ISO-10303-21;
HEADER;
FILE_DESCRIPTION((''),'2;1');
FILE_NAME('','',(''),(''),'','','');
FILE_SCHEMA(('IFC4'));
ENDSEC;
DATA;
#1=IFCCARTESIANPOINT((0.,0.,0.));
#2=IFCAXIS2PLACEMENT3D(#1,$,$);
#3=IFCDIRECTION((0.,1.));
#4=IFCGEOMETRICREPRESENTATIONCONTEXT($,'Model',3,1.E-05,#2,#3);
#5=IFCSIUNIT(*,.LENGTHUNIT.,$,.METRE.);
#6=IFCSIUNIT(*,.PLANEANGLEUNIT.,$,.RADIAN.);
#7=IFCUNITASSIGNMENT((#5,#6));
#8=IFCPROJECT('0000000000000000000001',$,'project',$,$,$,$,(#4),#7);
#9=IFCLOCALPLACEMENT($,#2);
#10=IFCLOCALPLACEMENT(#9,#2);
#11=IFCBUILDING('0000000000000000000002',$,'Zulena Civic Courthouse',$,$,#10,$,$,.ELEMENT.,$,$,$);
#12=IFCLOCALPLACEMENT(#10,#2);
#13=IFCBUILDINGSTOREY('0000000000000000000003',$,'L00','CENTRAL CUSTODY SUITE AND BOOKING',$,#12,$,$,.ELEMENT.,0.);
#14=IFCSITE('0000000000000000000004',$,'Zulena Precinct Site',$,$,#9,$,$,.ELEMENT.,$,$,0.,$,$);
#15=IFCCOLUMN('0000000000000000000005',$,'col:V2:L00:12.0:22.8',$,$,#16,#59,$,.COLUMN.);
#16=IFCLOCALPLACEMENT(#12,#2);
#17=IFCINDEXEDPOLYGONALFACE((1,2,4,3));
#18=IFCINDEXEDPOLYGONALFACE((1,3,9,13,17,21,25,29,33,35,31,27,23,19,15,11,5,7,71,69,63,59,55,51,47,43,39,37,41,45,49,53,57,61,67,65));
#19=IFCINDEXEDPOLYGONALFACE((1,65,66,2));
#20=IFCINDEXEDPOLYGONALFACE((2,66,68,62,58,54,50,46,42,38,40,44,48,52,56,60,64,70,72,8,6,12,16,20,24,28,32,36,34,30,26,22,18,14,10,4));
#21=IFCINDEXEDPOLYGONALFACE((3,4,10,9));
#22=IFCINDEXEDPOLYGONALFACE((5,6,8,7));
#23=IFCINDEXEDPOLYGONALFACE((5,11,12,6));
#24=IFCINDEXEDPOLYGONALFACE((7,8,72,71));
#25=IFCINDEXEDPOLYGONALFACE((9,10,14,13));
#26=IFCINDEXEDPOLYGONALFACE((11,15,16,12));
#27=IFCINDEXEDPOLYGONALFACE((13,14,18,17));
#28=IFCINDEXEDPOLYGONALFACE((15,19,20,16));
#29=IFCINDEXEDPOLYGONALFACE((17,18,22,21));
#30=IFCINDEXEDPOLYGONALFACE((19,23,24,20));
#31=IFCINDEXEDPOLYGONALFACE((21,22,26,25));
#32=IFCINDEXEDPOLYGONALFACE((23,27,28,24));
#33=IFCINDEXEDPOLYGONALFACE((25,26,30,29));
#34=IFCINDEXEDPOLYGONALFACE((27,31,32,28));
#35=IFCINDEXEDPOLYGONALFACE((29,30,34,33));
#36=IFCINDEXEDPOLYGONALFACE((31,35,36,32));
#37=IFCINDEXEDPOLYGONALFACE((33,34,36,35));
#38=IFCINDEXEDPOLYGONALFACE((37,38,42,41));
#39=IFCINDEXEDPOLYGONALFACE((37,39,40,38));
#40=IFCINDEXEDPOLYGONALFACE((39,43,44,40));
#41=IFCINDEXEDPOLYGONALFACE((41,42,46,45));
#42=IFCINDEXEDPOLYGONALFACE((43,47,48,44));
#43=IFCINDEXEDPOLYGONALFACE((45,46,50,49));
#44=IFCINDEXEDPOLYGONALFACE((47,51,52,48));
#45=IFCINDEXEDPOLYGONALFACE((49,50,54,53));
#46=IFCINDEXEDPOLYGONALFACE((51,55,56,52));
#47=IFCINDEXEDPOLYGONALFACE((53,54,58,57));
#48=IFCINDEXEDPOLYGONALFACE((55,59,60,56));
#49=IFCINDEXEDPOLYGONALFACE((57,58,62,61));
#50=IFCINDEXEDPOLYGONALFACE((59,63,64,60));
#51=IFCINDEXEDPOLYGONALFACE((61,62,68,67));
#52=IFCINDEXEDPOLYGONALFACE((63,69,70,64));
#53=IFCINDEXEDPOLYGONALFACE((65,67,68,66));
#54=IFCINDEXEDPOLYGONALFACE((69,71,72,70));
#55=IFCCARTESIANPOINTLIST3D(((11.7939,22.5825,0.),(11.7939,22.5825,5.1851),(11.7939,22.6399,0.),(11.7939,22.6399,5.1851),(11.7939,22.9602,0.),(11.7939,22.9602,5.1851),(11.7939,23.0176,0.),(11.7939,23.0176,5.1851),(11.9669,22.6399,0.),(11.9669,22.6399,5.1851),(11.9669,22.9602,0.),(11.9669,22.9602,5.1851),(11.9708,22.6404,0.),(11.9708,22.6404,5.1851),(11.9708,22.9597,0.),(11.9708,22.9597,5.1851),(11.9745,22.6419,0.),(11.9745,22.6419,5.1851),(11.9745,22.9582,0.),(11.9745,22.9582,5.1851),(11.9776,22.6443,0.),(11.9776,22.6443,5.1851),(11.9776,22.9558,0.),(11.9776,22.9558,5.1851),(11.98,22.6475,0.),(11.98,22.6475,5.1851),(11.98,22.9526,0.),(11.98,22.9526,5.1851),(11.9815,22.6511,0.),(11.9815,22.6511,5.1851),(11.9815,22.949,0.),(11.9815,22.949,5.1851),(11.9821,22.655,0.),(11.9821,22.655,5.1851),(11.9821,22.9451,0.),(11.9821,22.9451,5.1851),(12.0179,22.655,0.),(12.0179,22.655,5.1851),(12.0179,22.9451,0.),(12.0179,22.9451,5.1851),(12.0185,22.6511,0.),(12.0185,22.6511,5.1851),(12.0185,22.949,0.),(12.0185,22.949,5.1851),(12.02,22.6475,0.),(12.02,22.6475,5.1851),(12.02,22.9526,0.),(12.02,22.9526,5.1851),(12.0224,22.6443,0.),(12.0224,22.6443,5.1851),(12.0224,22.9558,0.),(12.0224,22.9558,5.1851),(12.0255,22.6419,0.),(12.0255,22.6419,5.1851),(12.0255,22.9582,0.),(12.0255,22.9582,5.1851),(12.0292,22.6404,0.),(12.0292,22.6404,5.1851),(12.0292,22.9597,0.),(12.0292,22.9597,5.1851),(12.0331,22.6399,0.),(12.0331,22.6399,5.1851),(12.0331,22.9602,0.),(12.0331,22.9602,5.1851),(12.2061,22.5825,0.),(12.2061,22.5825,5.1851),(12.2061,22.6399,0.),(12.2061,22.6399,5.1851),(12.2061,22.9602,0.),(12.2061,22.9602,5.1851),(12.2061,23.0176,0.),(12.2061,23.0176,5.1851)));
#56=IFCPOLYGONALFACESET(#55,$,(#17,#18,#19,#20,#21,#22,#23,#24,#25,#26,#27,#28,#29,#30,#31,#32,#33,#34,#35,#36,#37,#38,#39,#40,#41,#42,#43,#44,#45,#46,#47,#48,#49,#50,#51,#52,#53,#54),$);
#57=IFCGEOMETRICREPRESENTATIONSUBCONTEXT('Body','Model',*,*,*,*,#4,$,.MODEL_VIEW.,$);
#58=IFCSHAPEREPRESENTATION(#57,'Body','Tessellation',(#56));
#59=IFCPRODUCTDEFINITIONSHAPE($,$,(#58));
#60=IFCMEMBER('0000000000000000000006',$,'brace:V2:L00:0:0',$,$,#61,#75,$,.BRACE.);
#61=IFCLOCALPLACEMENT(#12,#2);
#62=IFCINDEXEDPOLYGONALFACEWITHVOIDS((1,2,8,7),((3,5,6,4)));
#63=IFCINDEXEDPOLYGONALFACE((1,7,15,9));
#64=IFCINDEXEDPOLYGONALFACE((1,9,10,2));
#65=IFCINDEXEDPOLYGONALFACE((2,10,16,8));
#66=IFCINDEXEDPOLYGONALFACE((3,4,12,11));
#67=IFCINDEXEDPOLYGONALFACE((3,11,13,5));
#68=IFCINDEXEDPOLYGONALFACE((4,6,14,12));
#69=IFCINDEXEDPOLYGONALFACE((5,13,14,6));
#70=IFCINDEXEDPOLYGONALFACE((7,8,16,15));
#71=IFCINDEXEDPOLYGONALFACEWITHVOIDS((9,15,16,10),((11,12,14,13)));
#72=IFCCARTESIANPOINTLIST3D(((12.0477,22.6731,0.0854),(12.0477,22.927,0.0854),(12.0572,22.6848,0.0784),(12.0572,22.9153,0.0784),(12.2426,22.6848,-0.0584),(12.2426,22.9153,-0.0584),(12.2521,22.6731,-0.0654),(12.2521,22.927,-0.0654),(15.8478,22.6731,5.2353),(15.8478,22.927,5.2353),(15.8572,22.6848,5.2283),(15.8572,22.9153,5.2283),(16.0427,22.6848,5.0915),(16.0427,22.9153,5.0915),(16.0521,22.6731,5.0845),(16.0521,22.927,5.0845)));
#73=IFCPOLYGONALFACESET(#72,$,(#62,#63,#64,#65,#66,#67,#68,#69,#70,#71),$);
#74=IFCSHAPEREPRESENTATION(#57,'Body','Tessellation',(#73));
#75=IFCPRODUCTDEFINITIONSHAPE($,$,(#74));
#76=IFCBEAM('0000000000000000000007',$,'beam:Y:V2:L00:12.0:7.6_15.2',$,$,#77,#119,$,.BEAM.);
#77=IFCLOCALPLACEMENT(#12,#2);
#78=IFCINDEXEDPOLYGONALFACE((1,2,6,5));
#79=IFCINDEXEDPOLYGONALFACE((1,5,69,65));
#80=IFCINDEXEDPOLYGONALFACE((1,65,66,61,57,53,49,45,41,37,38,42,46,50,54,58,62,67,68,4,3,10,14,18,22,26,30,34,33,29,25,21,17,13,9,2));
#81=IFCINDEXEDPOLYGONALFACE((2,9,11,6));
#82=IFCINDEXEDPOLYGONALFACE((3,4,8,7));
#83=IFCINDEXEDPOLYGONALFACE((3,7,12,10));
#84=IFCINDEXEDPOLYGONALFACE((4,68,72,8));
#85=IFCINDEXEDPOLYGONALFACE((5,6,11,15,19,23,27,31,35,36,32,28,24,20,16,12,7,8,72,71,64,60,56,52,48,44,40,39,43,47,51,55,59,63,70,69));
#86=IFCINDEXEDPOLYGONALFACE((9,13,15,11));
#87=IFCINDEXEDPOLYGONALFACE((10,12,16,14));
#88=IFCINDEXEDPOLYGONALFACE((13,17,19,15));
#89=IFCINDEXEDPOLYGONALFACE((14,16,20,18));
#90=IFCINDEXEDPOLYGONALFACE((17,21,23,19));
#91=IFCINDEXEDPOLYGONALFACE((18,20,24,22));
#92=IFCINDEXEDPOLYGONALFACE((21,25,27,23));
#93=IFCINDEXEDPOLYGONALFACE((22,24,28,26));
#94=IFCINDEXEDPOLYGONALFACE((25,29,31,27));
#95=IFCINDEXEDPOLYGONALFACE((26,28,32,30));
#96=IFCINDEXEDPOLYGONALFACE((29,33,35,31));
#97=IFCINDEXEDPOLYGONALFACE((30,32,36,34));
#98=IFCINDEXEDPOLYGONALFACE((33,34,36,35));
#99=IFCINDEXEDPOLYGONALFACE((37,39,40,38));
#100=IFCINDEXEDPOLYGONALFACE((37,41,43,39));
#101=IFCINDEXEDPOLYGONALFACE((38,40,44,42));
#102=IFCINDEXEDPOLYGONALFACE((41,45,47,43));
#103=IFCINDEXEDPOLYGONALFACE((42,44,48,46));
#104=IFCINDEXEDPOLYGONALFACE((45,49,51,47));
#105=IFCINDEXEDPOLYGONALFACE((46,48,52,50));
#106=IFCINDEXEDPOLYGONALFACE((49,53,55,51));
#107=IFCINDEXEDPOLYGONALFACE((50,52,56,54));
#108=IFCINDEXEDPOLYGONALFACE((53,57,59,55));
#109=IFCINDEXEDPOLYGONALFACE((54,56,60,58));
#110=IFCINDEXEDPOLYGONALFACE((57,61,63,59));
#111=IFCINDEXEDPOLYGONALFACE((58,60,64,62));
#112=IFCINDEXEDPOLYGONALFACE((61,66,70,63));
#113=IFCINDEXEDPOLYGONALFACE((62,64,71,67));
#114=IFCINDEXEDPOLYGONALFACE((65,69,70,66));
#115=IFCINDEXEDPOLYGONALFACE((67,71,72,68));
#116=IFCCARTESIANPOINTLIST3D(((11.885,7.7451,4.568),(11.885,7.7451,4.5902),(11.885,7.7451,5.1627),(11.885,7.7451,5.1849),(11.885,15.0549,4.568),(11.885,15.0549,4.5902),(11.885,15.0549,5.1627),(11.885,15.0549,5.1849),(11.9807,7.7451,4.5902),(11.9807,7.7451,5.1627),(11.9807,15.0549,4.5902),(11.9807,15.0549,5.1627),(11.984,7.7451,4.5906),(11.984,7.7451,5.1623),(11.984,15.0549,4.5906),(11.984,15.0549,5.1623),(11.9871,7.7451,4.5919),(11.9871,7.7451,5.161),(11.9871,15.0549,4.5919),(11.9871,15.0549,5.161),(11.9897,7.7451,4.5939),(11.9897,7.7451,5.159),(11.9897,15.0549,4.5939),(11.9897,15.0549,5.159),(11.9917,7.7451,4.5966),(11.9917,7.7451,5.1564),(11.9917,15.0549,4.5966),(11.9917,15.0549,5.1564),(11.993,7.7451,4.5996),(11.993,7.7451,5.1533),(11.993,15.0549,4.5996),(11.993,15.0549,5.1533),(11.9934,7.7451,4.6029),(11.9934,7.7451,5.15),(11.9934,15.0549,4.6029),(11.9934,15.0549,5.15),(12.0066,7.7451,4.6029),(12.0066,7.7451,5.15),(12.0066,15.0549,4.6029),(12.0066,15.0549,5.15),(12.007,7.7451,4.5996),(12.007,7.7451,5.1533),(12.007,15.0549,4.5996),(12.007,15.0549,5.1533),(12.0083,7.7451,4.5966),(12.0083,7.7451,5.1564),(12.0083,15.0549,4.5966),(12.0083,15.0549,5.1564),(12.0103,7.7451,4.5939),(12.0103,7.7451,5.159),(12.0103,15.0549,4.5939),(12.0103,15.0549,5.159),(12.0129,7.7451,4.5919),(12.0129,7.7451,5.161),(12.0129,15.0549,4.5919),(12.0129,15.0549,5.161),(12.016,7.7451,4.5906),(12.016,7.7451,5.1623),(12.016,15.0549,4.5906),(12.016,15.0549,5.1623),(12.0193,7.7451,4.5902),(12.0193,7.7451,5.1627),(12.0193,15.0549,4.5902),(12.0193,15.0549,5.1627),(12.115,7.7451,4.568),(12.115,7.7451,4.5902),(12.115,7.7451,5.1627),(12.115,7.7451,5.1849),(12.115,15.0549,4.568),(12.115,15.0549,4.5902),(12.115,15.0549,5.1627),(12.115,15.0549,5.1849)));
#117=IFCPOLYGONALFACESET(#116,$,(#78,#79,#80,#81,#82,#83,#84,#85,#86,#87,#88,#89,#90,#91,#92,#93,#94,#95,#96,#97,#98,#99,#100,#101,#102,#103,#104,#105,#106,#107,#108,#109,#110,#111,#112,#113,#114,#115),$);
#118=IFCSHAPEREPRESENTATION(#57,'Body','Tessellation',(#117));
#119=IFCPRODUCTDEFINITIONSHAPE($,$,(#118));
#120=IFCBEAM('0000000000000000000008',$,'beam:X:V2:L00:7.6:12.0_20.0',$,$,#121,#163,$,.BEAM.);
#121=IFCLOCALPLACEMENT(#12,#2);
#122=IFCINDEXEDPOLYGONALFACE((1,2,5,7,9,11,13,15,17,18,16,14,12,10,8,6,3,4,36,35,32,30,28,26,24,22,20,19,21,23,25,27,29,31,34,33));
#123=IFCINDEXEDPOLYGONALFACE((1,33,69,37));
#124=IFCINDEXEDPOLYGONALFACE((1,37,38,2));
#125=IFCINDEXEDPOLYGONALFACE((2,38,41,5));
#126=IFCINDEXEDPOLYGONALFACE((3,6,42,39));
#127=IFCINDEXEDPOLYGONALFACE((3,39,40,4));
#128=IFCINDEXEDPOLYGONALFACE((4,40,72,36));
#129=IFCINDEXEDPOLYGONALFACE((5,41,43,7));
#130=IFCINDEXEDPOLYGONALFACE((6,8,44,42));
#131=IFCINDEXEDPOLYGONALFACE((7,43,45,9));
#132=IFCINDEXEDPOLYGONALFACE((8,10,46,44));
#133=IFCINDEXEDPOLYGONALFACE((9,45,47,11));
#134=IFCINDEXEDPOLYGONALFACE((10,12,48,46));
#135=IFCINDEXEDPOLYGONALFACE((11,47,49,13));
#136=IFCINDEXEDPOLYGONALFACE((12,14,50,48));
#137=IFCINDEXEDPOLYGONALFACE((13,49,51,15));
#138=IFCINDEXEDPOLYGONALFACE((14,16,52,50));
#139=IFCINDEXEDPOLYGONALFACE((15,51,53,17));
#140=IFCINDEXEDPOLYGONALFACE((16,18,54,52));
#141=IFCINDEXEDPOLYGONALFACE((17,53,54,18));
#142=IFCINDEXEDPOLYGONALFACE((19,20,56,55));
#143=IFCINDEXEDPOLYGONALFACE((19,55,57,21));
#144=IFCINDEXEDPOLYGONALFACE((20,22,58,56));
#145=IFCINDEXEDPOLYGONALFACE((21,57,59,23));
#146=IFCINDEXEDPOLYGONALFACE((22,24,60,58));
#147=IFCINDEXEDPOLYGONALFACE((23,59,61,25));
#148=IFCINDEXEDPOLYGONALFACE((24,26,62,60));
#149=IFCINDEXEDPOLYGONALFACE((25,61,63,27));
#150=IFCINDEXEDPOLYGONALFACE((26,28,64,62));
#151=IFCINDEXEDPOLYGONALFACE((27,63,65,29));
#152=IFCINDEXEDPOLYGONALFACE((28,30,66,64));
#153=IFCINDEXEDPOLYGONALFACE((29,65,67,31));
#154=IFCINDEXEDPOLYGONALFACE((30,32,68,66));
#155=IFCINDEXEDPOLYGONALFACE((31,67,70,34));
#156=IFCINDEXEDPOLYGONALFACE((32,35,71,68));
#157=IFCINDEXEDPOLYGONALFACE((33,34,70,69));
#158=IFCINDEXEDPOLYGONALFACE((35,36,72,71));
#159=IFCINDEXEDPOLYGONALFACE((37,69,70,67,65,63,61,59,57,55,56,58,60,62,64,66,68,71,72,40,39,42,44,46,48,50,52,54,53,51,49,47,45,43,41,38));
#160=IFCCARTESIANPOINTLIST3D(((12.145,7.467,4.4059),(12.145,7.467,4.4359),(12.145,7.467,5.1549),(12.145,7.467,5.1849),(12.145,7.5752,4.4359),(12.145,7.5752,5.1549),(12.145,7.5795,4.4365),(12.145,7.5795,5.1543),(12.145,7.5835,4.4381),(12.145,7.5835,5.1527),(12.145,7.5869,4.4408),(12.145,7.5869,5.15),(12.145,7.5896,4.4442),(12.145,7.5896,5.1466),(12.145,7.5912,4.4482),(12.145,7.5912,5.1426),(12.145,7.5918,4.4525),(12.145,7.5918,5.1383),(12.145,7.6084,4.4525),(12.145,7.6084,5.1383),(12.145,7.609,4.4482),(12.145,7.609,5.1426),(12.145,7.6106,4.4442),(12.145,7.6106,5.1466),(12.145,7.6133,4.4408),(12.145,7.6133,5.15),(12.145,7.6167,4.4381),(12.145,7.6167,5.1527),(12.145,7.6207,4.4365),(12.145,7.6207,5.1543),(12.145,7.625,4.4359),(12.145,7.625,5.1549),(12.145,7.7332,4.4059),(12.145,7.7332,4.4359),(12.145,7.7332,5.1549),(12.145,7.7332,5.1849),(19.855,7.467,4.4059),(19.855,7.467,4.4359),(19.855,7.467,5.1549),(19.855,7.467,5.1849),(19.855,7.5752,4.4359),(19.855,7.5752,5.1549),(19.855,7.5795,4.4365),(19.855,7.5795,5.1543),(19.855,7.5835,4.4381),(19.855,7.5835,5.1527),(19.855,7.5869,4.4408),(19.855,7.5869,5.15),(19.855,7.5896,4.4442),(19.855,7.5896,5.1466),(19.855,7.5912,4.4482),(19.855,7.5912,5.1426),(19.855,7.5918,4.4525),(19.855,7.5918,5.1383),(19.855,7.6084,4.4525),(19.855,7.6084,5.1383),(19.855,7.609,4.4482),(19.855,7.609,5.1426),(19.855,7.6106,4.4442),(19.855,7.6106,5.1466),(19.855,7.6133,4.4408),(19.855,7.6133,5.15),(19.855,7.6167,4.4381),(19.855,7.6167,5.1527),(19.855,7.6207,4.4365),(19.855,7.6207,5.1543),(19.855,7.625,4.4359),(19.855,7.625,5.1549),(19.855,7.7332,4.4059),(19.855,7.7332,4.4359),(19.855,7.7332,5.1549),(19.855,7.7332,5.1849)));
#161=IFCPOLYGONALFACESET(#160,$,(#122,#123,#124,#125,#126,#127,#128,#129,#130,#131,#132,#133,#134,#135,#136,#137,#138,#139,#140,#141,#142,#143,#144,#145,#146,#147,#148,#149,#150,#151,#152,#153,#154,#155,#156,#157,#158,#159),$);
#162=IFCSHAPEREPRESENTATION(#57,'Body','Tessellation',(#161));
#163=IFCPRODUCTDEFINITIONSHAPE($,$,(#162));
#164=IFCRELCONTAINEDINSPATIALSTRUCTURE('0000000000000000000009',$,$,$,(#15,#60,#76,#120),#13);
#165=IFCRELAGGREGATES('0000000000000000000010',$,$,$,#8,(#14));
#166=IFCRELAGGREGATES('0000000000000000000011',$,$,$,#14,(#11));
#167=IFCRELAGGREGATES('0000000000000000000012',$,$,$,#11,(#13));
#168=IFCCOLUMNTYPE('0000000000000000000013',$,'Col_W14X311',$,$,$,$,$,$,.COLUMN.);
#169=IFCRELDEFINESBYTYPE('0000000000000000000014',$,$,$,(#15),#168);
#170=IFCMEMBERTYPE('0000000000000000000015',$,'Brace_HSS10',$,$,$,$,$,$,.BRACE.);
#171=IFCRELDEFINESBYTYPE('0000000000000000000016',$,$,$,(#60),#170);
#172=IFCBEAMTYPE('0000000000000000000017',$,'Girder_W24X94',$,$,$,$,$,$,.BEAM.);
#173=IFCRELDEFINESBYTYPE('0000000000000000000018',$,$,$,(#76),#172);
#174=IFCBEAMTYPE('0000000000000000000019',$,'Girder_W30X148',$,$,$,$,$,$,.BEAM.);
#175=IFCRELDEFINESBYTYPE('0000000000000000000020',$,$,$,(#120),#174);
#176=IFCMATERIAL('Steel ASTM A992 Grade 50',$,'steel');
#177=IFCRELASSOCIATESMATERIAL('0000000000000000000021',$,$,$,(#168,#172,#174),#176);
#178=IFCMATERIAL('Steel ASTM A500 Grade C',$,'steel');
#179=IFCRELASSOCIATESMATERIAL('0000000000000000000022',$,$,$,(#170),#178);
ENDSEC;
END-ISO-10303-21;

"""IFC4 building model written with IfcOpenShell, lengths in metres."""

from ifc_helpers import new_model, si_unit, direction, frame, origin, origin_2d, place, context, subcontext, project, spatial, hollow_rectangle, i_section, extrude, material, material_profile, profile_set, type_object, element, save


model = new_model("IFC4")

# Units and contexts
model_context = context("Model", 3, precision=1e-05, world=origin(), true_north=direction((0.0, 1.0)))
body_context = subcontext(model_context, "Body", "Model", "MODEL_VIEW")
ifc_project = project(units=[si_unit("LENGTHUNIT", "METRE"), si_unit("PLANEANGLEUNIT", "RADIAN")], contexts=[model_context])

# Site, building, storey
site_placement = place(None, origin())
site = spatial("IfcSite", under=ifc_project, at=site_placement, Name="Zulena Precinct Site", CompositionType="ELEMENT", RefElevation=0.0)
building_placement = place(site_placement, origin())
building = spatial("IfcBuilding", under=site, at=building_placement, Name="Zulena Civic Courthouse", CompositionType="ELEMENT")
storey_placement = place(building_placement, origin())
storey = spatial("IfcBuildingStorey", under=building, at=storey_placement, Name="L00", Description="CENTRAL CUSTODY SUITE AND BOOKING", CompositionType="ELEMENT", Elevation=0.0)

# Column
ifc_material_1 = material(Name="Steel ASTM A992 Grade 50", Category="steel")
ifc_material_profile_1 = material_profile(ifc_material_1, i_section(OverallWidth=0.4121, OverallDepth=0.4351, WebThickness=0.0359, FlangeThickness=0.0574, FilletRadius=0.0151, at=origin_2d()), Name="W14X311")
ifc_profile_set_1 = profile_set([ifc_material_profile_1], Name="Steel ASTM A992 Grade 50")
column_type_1 = type_object("IfcColumnType", Name="Col_W14X311", PredefinedType="COLUMN", material=ifc_profile_set_1)
column_placement = place(storey_placement, frame((12.0, 22.8, 0.0), z_axis=(0.0, 0.0, 1.0), x_axis=(1.0, 0.0, 0.0)))
element("IfcColumn", 1, at=column_placement, inside=storey, type_object=column_type_1, Name="col:V2:L00:12.0:22.8", PredefinedType="COLUMN", context=body_context, shape_type="SweptSolid", body=[
    extrude(i_section(OverallWidth=0.4121, OverallDepth=0.4351, WebThickness=0.0359, FlangeThickness=0.0574, FilletRadius=0.0151, at=origin_2d()), origin(), (0.0, 0.0, 1.0), 5.1851),
])

# Member
ifc_material_2 = material(Name="Steel ASTM A500 Grade C", Category="steel")
ifc_material_profile_2 = material_profile(ifc_material_2, hollow_rectangle(XDim=0.2539, YDim=0.2539, WallThickness=0.0117, at=origin_2d()), Name="HSS10X10X1/2")
ifc_profile_set_2 = profile_set([ifc_material_profile_2], Name="Steel ASTM A500 Grade C")
member_type = type_object("IfcMemberType", Name="Brace_HSS10", PredefinedType="BRACE", material=ifc_profile_set_2)
member_placement = place(storey_placement, frame((12.1499, 22.8, 0.01), z_axis=(0.593744, 0.0, 0.804654), x_axis=(0.0, 1.0, 0.0)))
element("IfcMember", 2, at=member_placement, inside=storey, type_object=member_type, Name="brace:V2:L00:0:0", PredefinedType="BRACE", context=body_context, shape_type="SweptSolid", body=[
    extrude(hollow_rectangle(XDim=0.2539, YDim=0.2539, WallThickness=0.0117, at=origin_2d()), origin(), (0.0, 0.0, 1.0), 6.4001),
])

# Beams
ifc_material_profile_3 = material_profile(ifc_material_1, i_section(OverallWidth=0.23, OverallDepth=0.6169, WebThickness=0.0132, FlangeThickness=0.0222, FilletRadius=0.0127, at=origin_2d()), Name="W24X94")
ifc_profile_set_3 = profile_set([ifc_material_profile_3], Name="Steel ASTM A992 Grade 50")
beam_type_1 = type_object("IfcBeamType", Name="Girder_W24X94", PredefinedType="BEAM", material=ifc_profile_set_3)
beam_1_placement = place(storey_placement, frame((12.0, 7.7451, 4.8765), z_axis=(0.0, 1.0, 0.0), x_axis=(-1.0, 0.0, 0.0)))
element("IfcBeam", 3, at=beam_1_placement, inside=storey, type_object=beam_type_1, Name="beam:Y:V2:L00:12.0:7.6_15.2", PredefinedType="BEAM", context=body_context, shape_type="SweptSolid", body=[
    extrude(i_section(OverallWidth=0.23, OverallDepth=0.6169, WebThickness=0.0132, FlangeThickness=0.0222, FilletRadius=0.0127, at=origin_2d()), origin(), (0.0, 0.0, 1.0), 7.3098),
])
ifc_material_profile_4 = material_profile(ifc_material_1, i_section(OverallWidth=0.2661, OverallDepth=0.7791, WebThickness=0.0166, FlangeThickness=0.03, FilletRadius=0.0166, at=origin_2d()), Name="W30X148")
ifc_profile_set_4 = profile_set([ifc_material_profile_4], Name="Steel ASTM A992 Grade 50")
beam_type_2 = type_object("IfcBeamType", Name="Girder_W30X148", PredefinedType="BEAM", material=ifc_profile_set_4)
for number, where, z_axis, x_axis, name in (
    (4, (12.145, 7.6001, 4.7954), (1.0, 0.0, 0.0), (0.0, 1.0, 0.0), "beam:X:V2:L00:7.6:12.0_20.0"),
):
    element("IfcBeam", number, at=place(storey_placement, frame(where, z_axis=z_axis, x_axis=x_axis)), inside=storey, type_object=beam_type_2, Name=name, PredefinedType="BEAM", context=body_context, shape_type="SweptSolid", body=[
        extrude(i_section(OverallWidth=0.2661, OverallDepth=0.7791, WebThickness=0.0166, FlangeThickness=0.03, FilletRadius=0.0166, at=origin_2d()), origin(), (0.0, 0.0, 1.0), 7.71),
    ])

save(model, "model.ifc")
